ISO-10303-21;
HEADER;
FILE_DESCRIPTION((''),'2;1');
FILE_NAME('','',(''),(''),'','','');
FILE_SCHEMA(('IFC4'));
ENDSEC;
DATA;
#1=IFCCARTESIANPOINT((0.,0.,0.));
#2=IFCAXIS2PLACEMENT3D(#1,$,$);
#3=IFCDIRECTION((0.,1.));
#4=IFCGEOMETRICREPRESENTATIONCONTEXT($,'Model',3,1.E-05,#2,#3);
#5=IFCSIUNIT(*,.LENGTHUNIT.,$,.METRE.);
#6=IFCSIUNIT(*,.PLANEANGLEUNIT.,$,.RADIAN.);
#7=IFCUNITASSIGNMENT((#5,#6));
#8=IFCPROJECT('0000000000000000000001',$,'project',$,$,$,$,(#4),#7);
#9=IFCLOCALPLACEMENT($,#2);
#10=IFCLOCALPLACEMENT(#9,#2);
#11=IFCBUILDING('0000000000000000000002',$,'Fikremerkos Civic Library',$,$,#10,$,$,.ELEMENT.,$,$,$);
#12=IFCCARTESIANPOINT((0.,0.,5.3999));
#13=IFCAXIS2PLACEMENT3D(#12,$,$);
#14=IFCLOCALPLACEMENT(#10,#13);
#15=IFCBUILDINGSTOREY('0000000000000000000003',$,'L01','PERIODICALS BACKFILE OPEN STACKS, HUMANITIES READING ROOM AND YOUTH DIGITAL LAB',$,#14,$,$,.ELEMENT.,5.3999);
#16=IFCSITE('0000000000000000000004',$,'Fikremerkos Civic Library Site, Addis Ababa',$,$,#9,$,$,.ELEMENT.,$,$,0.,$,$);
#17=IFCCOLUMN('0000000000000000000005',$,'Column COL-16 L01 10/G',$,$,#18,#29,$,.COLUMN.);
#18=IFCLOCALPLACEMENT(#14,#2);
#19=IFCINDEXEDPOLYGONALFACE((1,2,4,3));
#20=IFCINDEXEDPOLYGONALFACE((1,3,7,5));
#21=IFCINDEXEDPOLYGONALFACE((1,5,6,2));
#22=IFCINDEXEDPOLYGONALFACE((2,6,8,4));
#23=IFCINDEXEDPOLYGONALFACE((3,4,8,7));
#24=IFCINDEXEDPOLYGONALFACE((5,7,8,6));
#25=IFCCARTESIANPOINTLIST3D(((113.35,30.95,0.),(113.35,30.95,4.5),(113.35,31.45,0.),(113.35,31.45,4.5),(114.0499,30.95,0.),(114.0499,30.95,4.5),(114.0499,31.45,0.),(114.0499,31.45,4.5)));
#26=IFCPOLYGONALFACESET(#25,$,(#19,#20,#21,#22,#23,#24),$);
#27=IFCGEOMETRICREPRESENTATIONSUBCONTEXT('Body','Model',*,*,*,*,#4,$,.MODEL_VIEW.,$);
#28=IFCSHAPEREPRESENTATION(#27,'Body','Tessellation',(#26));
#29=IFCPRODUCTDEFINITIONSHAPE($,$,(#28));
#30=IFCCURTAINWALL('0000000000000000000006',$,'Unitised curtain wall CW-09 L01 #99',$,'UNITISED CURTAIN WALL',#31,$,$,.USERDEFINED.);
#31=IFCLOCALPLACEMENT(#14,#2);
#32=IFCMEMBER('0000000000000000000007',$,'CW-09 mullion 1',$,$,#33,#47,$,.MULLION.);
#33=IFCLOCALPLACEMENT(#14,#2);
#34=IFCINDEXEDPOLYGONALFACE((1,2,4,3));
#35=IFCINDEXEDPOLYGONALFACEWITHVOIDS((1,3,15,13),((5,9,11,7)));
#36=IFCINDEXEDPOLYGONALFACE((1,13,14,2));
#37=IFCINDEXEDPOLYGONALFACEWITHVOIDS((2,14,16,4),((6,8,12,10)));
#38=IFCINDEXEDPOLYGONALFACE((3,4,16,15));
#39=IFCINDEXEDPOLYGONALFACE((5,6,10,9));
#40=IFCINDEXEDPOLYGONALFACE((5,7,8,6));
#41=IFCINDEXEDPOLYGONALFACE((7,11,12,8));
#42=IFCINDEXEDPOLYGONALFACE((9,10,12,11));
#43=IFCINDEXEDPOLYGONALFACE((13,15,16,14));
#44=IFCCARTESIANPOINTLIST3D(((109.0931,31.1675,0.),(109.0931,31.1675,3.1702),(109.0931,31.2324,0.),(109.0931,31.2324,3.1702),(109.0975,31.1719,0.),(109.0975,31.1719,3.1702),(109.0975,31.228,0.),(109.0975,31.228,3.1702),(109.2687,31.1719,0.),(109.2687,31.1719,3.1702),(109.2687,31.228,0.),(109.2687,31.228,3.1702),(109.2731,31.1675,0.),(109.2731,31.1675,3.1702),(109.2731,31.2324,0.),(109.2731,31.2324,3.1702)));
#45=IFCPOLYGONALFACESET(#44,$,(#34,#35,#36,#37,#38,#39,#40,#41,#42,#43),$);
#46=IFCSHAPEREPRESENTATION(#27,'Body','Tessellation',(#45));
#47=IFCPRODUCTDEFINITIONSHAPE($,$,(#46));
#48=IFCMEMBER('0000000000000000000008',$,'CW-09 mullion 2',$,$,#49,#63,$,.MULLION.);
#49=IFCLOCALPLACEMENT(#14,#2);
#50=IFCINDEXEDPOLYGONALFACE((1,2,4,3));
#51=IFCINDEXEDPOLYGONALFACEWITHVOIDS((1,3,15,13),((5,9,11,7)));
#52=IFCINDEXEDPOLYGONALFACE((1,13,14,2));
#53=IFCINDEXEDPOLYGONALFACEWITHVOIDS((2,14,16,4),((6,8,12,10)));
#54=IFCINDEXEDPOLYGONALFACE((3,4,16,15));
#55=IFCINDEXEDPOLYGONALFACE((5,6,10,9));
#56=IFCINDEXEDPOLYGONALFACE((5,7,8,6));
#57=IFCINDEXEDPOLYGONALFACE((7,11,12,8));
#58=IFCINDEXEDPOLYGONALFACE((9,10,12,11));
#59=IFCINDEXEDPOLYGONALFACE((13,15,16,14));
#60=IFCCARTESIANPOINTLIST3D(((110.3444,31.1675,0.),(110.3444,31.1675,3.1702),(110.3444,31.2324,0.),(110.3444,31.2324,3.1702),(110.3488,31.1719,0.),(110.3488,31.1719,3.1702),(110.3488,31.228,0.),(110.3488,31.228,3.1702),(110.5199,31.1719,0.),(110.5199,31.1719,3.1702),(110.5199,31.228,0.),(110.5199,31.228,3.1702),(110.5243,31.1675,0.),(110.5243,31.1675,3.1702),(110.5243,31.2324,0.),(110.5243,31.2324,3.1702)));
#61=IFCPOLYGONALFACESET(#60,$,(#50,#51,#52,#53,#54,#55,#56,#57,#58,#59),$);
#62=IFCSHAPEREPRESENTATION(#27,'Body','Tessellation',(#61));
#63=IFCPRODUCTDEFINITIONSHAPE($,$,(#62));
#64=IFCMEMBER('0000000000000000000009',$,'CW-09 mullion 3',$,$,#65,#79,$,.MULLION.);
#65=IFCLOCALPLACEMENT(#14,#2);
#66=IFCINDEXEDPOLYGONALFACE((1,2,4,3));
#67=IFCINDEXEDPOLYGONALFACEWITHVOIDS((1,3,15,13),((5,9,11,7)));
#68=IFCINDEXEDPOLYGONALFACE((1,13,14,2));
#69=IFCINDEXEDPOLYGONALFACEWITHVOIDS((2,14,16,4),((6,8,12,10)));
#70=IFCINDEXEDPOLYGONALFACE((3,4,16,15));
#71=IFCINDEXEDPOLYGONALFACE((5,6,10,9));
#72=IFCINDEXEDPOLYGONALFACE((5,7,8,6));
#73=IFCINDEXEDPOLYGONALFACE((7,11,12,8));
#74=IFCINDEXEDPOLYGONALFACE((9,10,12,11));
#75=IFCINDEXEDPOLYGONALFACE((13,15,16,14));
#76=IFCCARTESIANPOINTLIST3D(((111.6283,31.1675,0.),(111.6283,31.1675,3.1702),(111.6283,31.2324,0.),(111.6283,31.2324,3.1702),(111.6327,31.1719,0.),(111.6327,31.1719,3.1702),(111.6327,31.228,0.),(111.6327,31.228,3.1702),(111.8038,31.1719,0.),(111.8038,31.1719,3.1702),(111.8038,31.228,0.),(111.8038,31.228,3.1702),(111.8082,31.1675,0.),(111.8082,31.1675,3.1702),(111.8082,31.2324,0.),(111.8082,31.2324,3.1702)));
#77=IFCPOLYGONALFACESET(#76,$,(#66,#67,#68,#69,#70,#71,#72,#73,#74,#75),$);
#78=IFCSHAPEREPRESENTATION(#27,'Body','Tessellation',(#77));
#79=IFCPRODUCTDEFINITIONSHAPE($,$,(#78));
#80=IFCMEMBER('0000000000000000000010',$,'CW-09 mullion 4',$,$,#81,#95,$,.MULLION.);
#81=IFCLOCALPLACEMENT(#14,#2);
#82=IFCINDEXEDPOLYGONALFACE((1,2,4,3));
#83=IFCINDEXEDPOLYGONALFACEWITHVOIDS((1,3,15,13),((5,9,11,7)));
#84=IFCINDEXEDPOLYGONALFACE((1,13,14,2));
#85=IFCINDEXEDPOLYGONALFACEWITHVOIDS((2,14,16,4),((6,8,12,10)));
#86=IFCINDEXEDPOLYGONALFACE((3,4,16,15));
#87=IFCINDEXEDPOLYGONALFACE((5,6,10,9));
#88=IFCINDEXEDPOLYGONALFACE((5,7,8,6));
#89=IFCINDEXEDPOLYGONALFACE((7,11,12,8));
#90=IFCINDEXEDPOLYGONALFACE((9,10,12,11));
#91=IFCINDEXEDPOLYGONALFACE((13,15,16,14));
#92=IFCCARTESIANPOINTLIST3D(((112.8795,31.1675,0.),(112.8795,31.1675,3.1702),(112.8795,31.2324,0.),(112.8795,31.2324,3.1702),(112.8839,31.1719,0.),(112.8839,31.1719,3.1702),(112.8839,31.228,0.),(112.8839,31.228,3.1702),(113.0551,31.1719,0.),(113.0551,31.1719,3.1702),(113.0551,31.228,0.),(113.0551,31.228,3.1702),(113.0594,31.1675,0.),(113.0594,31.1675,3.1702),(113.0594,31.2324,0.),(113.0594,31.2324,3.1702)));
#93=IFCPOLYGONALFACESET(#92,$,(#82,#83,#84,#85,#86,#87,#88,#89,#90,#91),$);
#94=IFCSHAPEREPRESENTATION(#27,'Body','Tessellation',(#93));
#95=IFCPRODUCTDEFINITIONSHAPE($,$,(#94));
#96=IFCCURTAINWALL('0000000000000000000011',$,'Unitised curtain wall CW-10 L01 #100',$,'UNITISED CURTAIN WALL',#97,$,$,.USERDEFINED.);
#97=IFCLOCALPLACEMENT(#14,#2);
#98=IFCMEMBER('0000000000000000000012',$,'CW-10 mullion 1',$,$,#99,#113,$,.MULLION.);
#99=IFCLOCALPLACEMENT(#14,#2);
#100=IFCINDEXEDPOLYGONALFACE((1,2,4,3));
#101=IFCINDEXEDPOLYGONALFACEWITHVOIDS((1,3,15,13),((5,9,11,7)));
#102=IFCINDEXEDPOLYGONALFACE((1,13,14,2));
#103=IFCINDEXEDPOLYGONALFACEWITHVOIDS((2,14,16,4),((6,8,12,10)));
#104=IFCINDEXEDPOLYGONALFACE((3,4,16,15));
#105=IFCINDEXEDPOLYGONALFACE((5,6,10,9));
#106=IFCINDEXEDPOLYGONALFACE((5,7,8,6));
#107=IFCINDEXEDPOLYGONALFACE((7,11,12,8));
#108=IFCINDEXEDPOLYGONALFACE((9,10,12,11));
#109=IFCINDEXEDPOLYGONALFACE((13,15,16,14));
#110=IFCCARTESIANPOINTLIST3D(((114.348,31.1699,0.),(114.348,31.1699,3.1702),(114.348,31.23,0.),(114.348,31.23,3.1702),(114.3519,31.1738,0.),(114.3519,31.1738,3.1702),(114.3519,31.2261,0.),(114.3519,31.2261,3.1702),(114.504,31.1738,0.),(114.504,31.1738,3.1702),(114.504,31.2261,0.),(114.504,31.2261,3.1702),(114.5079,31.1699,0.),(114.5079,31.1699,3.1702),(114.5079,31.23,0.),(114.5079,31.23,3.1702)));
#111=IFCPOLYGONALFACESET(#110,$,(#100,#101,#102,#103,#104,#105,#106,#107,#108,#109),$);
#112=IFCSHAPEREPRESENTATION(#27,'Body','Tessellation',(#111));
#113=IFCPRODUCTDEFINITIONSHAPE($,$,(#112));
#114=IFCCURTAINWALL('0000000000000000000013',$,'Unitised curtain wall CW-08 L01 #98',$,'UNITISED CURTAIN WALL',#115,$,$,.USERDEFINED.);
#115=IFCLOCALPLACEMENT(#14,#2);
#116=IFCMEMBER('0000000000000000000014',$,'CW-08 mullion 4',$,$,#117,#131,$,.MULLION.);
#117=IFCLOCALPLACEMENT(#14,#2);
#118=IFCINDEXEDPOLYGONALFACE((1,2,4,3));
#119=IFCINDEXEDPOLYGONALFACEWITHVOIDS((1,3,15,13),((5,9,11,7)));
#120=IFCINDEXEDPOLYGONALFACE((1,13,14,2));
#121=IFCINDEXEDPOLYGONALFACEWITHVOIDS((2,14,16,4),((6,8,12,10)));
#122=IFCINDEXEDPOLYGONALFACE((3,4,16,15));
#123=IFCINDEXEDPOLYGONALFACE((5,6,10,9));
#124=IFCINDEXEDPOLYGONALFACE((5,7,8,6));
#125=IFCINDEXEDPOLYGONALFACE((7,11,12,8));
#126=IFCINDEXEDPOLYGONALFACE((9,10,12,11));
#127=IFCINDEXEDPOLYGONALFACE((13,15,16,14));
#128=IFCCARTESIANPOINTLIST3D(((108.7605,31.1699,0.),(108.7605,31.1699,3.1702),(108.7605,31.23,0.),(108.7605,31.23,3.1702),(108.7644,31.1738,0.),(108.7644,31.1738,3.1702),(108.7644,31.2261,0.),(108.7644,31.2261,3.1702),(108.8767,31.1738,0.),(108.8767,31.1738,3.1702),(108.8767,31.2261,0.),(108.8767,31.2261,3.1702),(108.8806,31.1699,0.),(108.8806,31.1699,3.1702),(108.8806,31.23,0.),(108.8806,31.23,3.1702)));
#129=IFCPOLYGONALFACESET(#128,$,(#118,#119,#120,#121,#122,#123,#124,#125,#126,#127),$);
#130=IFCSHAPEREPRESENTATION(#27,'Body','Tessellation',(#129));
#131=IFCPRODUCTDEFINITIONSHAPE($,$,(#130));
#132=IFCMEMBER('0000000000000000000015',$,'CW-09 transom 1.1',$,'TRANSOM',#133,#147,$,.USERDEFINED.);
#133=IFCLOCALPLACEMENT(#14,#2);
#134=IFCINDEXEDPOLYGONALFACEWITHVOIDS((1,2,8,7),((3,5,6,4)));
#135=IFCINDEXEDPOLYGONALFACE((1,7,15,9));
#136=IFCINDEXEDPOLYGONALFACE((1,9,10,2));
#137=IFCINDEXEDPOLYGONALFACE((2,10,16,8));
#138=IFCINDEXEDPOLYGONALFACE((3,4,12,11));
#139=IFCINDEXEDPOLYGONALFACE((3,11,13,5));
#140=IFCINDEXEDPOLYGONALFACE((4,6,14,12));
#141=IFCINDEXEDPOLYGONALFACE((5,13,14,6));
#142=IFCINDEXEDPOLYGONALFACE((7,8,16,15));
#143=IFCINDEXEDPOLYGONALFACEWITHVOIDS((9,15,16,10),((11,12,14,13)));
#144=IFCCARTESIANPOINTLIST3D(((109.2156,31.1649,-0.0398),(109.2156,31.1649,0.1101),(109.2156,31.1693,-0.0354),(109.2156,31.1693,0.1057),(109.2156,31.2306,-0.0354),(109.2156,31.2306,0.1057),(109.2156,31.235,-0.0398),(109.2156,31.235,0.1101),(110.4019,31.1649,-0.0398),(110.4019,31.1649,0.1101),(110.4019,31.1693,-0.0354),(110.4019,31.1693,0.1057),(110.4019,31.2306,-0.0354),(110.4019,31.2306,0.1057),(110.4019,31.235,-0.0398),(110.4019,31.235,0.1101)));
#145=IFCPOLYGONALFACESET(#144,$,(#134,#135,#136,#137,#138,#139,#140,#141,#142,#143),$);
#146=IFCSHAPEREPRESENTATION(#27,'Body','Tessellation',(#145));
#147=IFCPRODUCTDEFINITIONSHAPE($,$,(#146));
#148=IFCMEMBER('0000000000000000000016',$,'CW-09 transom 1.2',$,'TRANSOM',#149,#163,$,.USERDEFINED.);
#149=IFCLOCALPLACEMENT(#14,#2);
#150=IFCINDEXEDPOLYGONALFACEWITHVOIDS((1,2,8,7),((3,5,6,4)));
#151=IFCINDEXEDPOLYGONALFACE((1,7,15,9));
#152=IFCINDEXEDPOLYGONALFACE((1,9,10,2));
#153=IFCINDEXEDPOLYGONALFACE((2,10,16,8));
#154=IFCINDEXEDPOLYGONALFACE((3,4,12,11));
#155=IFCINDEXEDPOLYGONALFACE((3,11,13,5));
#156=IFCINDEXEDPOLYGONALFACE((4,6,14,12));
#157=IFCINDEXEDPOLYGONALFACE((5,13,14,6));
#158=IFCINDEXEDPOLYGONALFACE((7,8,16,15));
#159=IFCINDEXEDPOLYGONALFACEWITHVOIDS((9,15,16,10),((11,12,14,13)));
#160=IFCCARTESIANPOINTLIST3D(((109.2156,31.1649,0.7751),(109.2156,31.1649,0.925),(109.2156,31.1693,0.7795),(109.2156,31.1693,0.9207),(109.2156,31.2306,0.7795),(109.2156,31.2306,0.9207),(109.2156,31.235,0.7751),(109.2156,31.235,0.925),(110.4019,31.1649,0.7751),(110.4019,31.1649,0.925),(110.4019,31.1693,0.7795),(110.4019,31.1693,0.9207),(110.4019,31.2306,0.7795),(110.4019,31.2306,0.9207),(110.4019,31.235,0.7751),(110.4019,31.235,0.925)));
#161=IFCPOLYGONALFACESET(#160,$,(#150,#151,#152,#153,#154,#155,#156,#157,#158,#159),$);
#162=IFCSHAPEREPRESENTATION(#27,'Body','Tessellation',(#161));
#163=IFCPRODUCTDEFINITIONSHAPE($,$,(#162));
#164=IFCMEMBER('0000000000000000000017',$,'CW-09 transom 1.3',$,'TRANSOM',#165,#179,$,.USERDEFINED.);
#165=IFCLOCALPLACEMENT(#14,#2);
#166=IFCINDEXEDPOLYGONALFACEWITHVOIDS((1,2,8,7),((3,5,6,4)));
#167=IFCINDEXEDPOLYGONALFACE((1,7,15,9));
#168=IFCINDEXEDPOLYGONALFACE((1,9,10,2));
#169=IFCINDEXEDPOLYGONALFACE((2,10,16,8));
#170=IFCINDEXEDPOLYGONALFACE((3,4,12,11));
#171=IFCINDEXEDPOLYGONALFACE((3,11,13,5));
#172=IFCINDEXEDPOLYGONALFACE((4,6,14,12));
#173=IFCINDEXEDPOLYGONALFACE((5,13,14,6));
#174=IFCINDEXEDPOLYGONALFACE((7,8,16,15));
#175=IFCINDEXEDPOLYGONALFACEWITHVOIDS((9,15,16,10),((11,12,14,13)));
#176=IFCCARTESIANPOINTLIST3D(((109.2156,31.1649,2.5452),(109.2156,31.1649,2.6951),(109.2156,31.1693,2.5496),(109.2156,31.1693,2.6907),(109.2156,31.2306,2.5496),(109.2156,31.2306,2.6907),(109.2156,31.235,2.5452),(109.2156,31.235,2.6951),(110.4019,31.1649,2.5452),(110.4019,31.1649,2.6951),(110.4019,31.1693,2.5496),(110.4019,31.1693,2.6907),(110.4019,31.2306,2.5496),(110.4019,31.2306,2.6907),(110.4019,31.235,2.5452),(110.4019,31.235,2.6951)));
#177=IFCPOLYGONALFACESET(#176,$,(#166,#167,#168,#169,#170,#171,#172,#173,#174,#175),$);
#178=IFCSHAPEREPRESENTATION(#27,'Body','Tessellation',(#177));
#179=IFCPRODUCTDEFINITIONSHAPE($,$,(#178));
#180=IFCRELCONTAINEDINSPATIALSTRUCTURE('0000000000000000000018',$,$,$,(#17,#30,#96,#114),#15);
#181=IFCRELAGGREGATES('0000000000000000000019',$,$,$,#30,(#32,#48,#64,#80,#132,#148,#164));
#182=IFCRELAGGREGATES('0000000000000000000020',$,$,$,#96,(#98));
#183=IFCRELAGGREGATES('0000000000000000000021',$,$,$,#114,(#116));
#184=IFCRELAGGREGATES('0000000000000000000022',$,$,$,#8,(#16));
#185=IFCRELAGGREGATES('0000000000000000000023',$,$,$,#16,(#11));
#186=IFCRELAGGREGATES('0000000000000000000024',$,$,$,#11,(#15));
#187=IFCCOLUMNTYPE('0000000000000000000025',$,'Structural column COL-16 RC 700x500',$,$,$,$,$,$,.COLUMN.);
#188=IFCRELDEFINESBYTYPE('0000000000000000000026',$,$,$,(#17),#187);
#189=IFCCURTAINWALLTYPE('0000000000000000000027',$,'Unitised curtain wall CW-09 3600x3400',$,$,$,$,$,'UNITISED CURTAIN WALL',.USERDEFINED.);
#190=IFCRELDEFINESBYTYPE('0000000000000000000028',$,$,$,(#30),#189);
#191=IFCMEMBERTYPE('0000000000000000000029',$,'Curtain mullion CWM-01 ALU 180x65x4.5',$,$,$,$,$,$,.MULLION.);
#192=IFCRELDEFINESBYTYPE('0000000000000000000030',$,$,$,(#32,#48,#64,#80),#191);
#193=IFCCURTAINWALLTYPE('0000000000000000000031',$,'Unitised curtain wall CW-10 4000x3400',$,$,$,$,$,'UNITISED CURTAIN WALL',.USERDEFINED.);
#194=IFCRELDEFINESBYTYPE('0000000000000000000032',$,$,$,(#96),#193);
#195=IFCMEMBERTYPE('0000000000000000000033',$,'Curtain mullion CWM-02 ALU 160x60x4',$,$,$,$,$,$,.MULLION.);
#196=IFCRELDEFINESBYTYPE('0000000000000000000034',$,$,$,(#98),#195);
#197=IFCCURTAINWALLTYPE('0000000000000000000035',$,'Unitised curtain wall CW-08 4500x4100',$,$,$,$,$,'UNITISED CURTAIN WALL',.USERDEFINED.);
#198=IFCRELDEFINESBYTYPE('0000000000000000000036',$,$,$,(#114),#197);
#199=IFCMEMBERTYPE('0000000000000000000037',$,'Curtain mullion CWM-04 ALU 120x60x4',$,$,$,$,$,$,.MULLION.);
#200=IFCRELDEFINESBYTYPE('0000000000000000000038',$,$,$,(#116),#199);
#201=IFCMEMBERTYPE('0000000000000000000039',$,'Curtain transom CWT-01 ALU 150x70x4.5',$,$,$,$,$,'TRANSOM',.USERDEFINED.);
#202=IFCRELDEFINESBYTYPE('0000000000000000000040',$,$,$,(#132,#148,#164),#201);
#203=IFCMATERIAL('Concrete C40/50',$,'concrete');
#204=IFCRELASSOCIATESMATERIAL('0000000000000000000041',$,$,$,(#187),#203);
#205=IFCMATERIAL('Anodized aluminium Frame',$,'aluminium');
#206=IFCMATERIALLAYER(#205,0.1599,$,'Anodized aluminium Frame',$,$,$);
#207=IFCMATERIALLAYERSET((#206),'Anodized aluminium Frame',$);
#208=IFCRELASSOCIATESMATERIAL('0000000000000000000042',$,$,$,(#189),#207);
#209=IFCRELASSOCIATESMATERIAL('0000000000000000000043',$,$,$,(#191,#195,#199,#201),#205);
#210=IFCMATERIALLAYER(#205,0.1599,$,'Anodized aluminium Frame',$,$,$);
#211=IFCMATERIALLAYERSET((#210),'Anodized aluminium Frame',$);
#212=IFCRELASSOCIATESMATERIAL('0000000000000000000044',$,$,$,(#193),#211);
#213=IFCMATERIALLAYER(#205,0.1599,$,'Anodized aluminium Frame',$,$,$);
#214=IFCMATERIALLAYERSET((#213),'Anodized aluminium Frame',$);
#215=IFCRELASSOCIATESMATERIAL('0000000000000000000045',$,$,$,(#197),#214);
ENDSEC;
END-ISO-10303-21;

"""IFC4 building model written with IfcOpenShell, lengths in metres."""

from ifc_helpers import new_model, si_unit, direction, frame, origin, origin_2d, place, context, subcontext, project, spatial, rectangle, hollow_rectangle, extrude, material, layer, layer_set, material_profile, profile_set, type_object, element, aggregate, save


model = new_model("IFC4")

# Units and contexts
model_context = context("Model", 3, precision=1e-05, world=origin(), true_north=direction((0.0, 1.0)))
body_context = subcontext(model_context, "Body", "Model", "MODEL_VIEW")
ifc_project = project(units=[si_unit("LENGTHUNIT", "METRE"), si_unit("PLANEANGLEUNIT", "RADIAN")], contexts=[model_context])

# Site, building, storey
site_placement = place(None, origin())
site = spatial("IfcSite", under=ifc_project, at=site_placement, Name="Fikremerkos Civic Library Site, Addis Ababa", CompositionType="ELEMENT", RefElevation=0.0)
building_placement = place(site_placement, origin())
building = spatial("IfcBuilding", under=site, at=building_placement, Name="Fikremerkos Civic Library", CompositionType="ELEMENT")
storey_placement = place(building_placement, frame((0.0, 0.0, 5.3999)))
storey = spatial("IfcBuildingStorey", under=building, at=storey_placement, Name="L01", Description="PERIODICALS BACKFILE OPEN STACKS, HUMANITIES READING ROOM AND YOUTH DIGITAL LAB", CompositionType="ELEMENT", Elevation=5.3999)

# Column
ifc_material_1 = material(Name="Concrete C40/50", Category="concrete")
ifc_material_profile_1 = material_profile(ifc_material_1, rectangle(XDim=0.7, YDim=0.5, at=origin_2d()), Name="RC 700x500")
ifc_profile_set_1 = profile_set([ifc_material_profile_1], Name="Concrete C40/50")
column_type = type_object("IfcColumnType", Name="Structural column COL-16 RC 700x500", PredefinedType="COLUMN", material=ifc_profile_set_1)
column_placement = place(storey_placement, frame((113.7, 31.2, 0.0), z_axis=(0.0, 0.0, 1.0), x_axis=(1.0, 0.0, 0.0)))
element("IfcColumn", 1, at=column_placement, inside=storey, type_object=column_type, Name="Column COL-16 L01 10/G", PredefinedType="COLUMN", context=body_context, shape_type="SweptSolid", body=[
    extrude(rectangle(XDim=0.7, YDim=0.5, at=origin_2d()), origin(), (0.0, 0.0, 1.0), 4.5),
])

# Curtain wall, members
ifc_material_2 = material(Name="Anodized aluminium Frame", Category="aluminium")
ifc_layer_1 = layer(ifc_material_2, 0.1599, Name="Anodized aluminium Frame")
ifc_layer_set_1 = layer_set([ifc_layer_1], Name="Anodized aluminium Frame")
curtain_wall_type_1 = type_object("IfcCurtainWallType", Name="Unitised curtain wall CW-09 3600x3400", ElementType="UNITISED CURTAIN WALL", PredefinedType="USERDEFINED", material=ifc_layer_set_1)
curtain_wall_1_placement = place(storey_placement, origin())
curtain_wall_1 = element("IfcCurtainWall", 2, at=curtain_wall_1_placement, inside=storey, type_object=curtain_wall_type_1, Name="Unitised curtain wall CW-09 L01 #99", ObjectType="UNITISED CURTAIN WALL", PredefinedType="USERDEFINED")
ifc_material_profile_2 = material_profile(ifc_material_2, hollow_rectangle(XDim=0.0649, YDim=0.1799, WallThickness=0.0044, at=origin_2d()), Name="ALU 180x65x4.5")
ifc_profile_set_2 = profile_set([ifc_material_profile_2], Name="Anodized aluminium Frame")
member_type_1 = type_object("IfcMemberType", Name="Curtain mullion CWM-01 ALU 180x65x4.5", PredefinedType="MULLION", material=ifc_profile_set_2)
member_1_placement = place(storey_placement, frame((109.1831, 31.2, 0.0), z_axis=(0.0, 0.0, 1.0), x_axis=(0.0, 1.0, 0.0)))
member_1 = element("IfcMember", 3, at=member_1_placement, type_object=member_type_1, Name="CW-09 mullion 1", PredefinedType="MULLION", context=body_context, shape_type="SweptSolid", body=[
    extrude(hollow_rectangle(XDim=0.0649, YDim=0.1799, WallThickness=0.0044, at=origin_2d()), origin(), (0.0, 0.0, 1.0), 3.1702),
])
member_2_placement = place(storey_placement, frame((110.4343, 31.2, 0.0), z_axis=(0.0, 0.0, 1.0), x_axis=(0.0, 1.0, 0.0)))
member_2 = element("IfcMember", 4, at=member_2_placement, type_object=member_type_1, Name="CW-09 mullion 2", PredefinedType="MULLION", context=body_context, shape_type="SweptSolid", body=[
    extrude(hollow_rectangle(XDim=0.0649, YDim=0.1799, WallThickness=0.0044, at=origin_2d()), origin(), (0.0, 0.0, 1.0), 3.1702),
])
member_3_placement = place(storey_placement, frame((111.7183, 31.2, 0.0), z_axis=(0.0, 0.0, 1.0), x_axis=(0.0, 1.0, 0.0)))
member_3 = element("IfcMember", 5, at=member_3_placement, type_object=member_type_1, Name="CW-09 mullion 3", PredefinedType="MULLION", context=body_context, shape_type="SweptSolid", body=[
    extrude(hollow_rectangle(XDim=0.0649, YDim=0.1799, WallThickness=0.0044, at=origin_2d()), origin(), (0.0, 0.0, 1.0), 3.1702),
])
member_4_placement = place(storey_placement, frame((112.9695, 31.2, 0.0), z_axis=(0.0, 0.0, 1.0), x_axis=(0.0, 1.0, 0.0)))
member_4 = element("IfcMember", 6, at=member_4_placement, type_object=member_type_1, Name="CW-09 mullion 4", PredefinedType="MULLION", context=body_context, shape_type="SweptSolid", body=[
    extrude(hollow_rectangle(XDim=0.0649, YDim=0.1799, WallThickness=0.0044, at=origin_2d()), origin(), (0.0, 0.0, 1.0), 3.1702),
])

# Curtain walls, members
ifc_layer_2 = layer(ifc_material_2, 0.1599, Name="Anodized aluminium Frame")
ifc_layer_set_2 = layer_set([ifc_layer_2], Name="Anodized aluminium Frame")
curtain_wall_type_2 = type_object("IfcCurtainWallType", Name="Unitised curtain wall CW-10 4000x3400", ElementType="UNITISED CURTAIN WALL", PredefinedType="USERDEFINED", material=ifc_layer_set_2)
curtain_wall_2_placement = place(storey_placement, origin())
curtain_wall_2 = element("IfcCurtainWall", 7, at=curtain_wall_2_placement, inside=storey, type_object=curtain_wall_type_2, Name="Unitised curtain wall CW-10 L01 #100", ObjectType="UNITISED CURTAIN WALL", PredefinedType="USERDEFINED")
ifc_material_profile_3 = material_profile(ifc_material_2, hollow_rectangle(XDim=0.0601, YDim=0.1599, WallThickness=0.0039, at=origin_2d()), Name="ALU 160x60x4")
ifc_profile_set_3 = profile_set([ifc_material_profile_3], Name="Anodized aluminium Frame")
member_type_2 = type_object("IfcMemberType", Name="Curtain mullion CWM-02 ALU 160x60x4", PredefinedType="MULLION", material=ifc_profile_set_3)
member_5_placement = place(storey_placement, frame((114.428, 31.2, 0.0), z_axis=(0.0, 0.0, 1.0), x_axis=(0.0, 1.0, 0.0)))
member_5 = element("IfcMember", 8, at=member_5_placement, type_object=member_type_2, Name="CW-10 mullion 1", PredefinedType="MULLION", context=body_context, shape_type="SweptSolid", body=[
    extrude(hollow_rectangle(XDim=0.0601, YDim=0.1599, WallThickness=0.0039, at=origin_2d()), origin(), (0.0, 0.0, 1.0), 3.1702),
])
ifc_layer_3 = layer(ifc_material_2, 0.1599, Name="Anodized aluminium Frame")
ifc_layer_set_3 = layer_set([ifc_layer_3], Name="Anodized aluminium Frame")
curtain_wall_type_3 = type_object("IfcCurtainWallType", Name="Unitised curtain wall CW-08 4500x4100", ElementType="UNITISED CURTAIN WALL", PredefinedType="USERDEFINED", material=ifc_layer_set_3)
curtain_wall_3_placement = place(storey_placement, origin())
curtain_wall_3 = element("IfcCurtainWall", 9, at=curtain_wall_3_placement, inside=storey, type_object=curtain_wall_type_3, Name="Unitised curtain wall CW-08 L01 #98", ObjectType="UNITISED CURTAIN WALL", PredefinedType="USERDEFINED")
ifc_material_profile_4 = material_profile(ifc_material_2, hollow_rectangle(XDim=0.0601, YDim=0.1201, WallThickness=0.0039, at=origin_2d()), Name="ALU 120x60x4")
ifc_profile_set_4 = profile_set([ifc_material_profile_4], Name="Anodized aluminium Frame")
member_type_3 = type_object("IfcMemberType", Name="Curtain mullion CWM-04 ALU 120x60x4", PredefinedType="MULLION", material=ifc_profile_set_4)
member_6_placement = place(storey_placement, frame((108.8206, 31.2, 0.0), z_axis=(0.0, 0.0, 1.0), x_axis=(0.0, 1.0, 0.0)))
member_6 = element("IfcMember", 10, at=member_6_placement, type_object=member_type_3, Name="CW-08 mullion 4", PredefinedType="MULLION", context=body_context, shape_type="SweptSolid", body=[
    extrude(hollow_rectangle(XDim=0.0601, YDim=0.1201, WallThickness=0.0039, at=origin_2d()), origin(), (0.0, 0.0, 1.0), 3.1702),
])

# Members
ifc_material_profile_5 = material_profile(ifc_material_2, hollow_rectangle(XDim=0.0701, YDim=0.1499, WallThickness=0.0044, at=origin_2d()), Name="ALU 150x70x4.5")
ifc_profile_set_5 = profile_set([ifc_material_profile_5], Name="Anodized aluminium Frame")
member_type_4 = type_object("IfcMemberType", Name="Curtain transom CWT-01 ALU 150x70x4.5", ElementType="TRANSOM", PredefinedType="USERDEFINED", material=ifc_profile_set_5)
member_7_placement = place(storey_placement, frame((109.2156, 31.2, 0.0352), z_axis=(1.0, 0.0, 0.0), x_axis=(0.0, 1.0, 0.0)))
member_7 = element("IfcMember", 11, at=member_7_placement, type_object=member_type_4, Name="CW-09 transom 1.1", ObjectType="TRANSOM", PredefinedType="USERDEFINED", context=body_context, shape_type="SweptSolid", body=[
    extrude(hollow_rectangle(XDim=0.0701, YDim=0.1499, WallThickness=0.0044, at=origin_2d()), origin(), (0.0, 0.0, 1.0), 1.1863),
])
member_8_placement = place(storey_placement, frame((109.2156, 31.2, 0.8501), z_axis=(1.0, 0.0, 0.0), x_axis=(0.0, 1.0, 0.0)))
member_8 = element("IfcMember", 12, at=member_8_placement, type_object=member_type_4, Name="CW-09 transom 1.2", ObjectType="TRANSOM", PredefinedType="USERDEFINED", context=body_context, shape_type="SweptSolid", body=[
    extrude(hollow_rectangle(XDim=0.0701, YDim=0.1499, WallThickness=0.0044, at=origin_2d()), origin(), (0.0, 0.0, 1.0), 1.1863),
])
member_9_placement = place(storey_placement, frame((109.2156, 31.2, 2.6201), z_axis=(1.0, 0.0, 0.0), x_axis=(0.0, 1.0, 0.0)))
member_9 = element("IfcMember", 13, at=member_9_placement, type_object=member_type_4, Name="CW-09 transom 1.3", ObjectType="TRANSOM", PredefinedType="USERDEFINED", context=body_context, shape_type="SweptSolid", body=[
    extrude(hollow_rectangle(XDim=0.0701, YDim=0.1499, WallThickness=0.0044, at=origin_2d()), origin(), (0.0, 0.0, 1.0), 1.1863),
])

aggregate(curtain_wall_1, [member_1, member_2, member_3, member_4, member_7, member_8, member_9])
aggregate(curtain_wall_2, [member_5])
aggregate(curtain_wall_3, [member_6])

save(model, "model.ifc")
